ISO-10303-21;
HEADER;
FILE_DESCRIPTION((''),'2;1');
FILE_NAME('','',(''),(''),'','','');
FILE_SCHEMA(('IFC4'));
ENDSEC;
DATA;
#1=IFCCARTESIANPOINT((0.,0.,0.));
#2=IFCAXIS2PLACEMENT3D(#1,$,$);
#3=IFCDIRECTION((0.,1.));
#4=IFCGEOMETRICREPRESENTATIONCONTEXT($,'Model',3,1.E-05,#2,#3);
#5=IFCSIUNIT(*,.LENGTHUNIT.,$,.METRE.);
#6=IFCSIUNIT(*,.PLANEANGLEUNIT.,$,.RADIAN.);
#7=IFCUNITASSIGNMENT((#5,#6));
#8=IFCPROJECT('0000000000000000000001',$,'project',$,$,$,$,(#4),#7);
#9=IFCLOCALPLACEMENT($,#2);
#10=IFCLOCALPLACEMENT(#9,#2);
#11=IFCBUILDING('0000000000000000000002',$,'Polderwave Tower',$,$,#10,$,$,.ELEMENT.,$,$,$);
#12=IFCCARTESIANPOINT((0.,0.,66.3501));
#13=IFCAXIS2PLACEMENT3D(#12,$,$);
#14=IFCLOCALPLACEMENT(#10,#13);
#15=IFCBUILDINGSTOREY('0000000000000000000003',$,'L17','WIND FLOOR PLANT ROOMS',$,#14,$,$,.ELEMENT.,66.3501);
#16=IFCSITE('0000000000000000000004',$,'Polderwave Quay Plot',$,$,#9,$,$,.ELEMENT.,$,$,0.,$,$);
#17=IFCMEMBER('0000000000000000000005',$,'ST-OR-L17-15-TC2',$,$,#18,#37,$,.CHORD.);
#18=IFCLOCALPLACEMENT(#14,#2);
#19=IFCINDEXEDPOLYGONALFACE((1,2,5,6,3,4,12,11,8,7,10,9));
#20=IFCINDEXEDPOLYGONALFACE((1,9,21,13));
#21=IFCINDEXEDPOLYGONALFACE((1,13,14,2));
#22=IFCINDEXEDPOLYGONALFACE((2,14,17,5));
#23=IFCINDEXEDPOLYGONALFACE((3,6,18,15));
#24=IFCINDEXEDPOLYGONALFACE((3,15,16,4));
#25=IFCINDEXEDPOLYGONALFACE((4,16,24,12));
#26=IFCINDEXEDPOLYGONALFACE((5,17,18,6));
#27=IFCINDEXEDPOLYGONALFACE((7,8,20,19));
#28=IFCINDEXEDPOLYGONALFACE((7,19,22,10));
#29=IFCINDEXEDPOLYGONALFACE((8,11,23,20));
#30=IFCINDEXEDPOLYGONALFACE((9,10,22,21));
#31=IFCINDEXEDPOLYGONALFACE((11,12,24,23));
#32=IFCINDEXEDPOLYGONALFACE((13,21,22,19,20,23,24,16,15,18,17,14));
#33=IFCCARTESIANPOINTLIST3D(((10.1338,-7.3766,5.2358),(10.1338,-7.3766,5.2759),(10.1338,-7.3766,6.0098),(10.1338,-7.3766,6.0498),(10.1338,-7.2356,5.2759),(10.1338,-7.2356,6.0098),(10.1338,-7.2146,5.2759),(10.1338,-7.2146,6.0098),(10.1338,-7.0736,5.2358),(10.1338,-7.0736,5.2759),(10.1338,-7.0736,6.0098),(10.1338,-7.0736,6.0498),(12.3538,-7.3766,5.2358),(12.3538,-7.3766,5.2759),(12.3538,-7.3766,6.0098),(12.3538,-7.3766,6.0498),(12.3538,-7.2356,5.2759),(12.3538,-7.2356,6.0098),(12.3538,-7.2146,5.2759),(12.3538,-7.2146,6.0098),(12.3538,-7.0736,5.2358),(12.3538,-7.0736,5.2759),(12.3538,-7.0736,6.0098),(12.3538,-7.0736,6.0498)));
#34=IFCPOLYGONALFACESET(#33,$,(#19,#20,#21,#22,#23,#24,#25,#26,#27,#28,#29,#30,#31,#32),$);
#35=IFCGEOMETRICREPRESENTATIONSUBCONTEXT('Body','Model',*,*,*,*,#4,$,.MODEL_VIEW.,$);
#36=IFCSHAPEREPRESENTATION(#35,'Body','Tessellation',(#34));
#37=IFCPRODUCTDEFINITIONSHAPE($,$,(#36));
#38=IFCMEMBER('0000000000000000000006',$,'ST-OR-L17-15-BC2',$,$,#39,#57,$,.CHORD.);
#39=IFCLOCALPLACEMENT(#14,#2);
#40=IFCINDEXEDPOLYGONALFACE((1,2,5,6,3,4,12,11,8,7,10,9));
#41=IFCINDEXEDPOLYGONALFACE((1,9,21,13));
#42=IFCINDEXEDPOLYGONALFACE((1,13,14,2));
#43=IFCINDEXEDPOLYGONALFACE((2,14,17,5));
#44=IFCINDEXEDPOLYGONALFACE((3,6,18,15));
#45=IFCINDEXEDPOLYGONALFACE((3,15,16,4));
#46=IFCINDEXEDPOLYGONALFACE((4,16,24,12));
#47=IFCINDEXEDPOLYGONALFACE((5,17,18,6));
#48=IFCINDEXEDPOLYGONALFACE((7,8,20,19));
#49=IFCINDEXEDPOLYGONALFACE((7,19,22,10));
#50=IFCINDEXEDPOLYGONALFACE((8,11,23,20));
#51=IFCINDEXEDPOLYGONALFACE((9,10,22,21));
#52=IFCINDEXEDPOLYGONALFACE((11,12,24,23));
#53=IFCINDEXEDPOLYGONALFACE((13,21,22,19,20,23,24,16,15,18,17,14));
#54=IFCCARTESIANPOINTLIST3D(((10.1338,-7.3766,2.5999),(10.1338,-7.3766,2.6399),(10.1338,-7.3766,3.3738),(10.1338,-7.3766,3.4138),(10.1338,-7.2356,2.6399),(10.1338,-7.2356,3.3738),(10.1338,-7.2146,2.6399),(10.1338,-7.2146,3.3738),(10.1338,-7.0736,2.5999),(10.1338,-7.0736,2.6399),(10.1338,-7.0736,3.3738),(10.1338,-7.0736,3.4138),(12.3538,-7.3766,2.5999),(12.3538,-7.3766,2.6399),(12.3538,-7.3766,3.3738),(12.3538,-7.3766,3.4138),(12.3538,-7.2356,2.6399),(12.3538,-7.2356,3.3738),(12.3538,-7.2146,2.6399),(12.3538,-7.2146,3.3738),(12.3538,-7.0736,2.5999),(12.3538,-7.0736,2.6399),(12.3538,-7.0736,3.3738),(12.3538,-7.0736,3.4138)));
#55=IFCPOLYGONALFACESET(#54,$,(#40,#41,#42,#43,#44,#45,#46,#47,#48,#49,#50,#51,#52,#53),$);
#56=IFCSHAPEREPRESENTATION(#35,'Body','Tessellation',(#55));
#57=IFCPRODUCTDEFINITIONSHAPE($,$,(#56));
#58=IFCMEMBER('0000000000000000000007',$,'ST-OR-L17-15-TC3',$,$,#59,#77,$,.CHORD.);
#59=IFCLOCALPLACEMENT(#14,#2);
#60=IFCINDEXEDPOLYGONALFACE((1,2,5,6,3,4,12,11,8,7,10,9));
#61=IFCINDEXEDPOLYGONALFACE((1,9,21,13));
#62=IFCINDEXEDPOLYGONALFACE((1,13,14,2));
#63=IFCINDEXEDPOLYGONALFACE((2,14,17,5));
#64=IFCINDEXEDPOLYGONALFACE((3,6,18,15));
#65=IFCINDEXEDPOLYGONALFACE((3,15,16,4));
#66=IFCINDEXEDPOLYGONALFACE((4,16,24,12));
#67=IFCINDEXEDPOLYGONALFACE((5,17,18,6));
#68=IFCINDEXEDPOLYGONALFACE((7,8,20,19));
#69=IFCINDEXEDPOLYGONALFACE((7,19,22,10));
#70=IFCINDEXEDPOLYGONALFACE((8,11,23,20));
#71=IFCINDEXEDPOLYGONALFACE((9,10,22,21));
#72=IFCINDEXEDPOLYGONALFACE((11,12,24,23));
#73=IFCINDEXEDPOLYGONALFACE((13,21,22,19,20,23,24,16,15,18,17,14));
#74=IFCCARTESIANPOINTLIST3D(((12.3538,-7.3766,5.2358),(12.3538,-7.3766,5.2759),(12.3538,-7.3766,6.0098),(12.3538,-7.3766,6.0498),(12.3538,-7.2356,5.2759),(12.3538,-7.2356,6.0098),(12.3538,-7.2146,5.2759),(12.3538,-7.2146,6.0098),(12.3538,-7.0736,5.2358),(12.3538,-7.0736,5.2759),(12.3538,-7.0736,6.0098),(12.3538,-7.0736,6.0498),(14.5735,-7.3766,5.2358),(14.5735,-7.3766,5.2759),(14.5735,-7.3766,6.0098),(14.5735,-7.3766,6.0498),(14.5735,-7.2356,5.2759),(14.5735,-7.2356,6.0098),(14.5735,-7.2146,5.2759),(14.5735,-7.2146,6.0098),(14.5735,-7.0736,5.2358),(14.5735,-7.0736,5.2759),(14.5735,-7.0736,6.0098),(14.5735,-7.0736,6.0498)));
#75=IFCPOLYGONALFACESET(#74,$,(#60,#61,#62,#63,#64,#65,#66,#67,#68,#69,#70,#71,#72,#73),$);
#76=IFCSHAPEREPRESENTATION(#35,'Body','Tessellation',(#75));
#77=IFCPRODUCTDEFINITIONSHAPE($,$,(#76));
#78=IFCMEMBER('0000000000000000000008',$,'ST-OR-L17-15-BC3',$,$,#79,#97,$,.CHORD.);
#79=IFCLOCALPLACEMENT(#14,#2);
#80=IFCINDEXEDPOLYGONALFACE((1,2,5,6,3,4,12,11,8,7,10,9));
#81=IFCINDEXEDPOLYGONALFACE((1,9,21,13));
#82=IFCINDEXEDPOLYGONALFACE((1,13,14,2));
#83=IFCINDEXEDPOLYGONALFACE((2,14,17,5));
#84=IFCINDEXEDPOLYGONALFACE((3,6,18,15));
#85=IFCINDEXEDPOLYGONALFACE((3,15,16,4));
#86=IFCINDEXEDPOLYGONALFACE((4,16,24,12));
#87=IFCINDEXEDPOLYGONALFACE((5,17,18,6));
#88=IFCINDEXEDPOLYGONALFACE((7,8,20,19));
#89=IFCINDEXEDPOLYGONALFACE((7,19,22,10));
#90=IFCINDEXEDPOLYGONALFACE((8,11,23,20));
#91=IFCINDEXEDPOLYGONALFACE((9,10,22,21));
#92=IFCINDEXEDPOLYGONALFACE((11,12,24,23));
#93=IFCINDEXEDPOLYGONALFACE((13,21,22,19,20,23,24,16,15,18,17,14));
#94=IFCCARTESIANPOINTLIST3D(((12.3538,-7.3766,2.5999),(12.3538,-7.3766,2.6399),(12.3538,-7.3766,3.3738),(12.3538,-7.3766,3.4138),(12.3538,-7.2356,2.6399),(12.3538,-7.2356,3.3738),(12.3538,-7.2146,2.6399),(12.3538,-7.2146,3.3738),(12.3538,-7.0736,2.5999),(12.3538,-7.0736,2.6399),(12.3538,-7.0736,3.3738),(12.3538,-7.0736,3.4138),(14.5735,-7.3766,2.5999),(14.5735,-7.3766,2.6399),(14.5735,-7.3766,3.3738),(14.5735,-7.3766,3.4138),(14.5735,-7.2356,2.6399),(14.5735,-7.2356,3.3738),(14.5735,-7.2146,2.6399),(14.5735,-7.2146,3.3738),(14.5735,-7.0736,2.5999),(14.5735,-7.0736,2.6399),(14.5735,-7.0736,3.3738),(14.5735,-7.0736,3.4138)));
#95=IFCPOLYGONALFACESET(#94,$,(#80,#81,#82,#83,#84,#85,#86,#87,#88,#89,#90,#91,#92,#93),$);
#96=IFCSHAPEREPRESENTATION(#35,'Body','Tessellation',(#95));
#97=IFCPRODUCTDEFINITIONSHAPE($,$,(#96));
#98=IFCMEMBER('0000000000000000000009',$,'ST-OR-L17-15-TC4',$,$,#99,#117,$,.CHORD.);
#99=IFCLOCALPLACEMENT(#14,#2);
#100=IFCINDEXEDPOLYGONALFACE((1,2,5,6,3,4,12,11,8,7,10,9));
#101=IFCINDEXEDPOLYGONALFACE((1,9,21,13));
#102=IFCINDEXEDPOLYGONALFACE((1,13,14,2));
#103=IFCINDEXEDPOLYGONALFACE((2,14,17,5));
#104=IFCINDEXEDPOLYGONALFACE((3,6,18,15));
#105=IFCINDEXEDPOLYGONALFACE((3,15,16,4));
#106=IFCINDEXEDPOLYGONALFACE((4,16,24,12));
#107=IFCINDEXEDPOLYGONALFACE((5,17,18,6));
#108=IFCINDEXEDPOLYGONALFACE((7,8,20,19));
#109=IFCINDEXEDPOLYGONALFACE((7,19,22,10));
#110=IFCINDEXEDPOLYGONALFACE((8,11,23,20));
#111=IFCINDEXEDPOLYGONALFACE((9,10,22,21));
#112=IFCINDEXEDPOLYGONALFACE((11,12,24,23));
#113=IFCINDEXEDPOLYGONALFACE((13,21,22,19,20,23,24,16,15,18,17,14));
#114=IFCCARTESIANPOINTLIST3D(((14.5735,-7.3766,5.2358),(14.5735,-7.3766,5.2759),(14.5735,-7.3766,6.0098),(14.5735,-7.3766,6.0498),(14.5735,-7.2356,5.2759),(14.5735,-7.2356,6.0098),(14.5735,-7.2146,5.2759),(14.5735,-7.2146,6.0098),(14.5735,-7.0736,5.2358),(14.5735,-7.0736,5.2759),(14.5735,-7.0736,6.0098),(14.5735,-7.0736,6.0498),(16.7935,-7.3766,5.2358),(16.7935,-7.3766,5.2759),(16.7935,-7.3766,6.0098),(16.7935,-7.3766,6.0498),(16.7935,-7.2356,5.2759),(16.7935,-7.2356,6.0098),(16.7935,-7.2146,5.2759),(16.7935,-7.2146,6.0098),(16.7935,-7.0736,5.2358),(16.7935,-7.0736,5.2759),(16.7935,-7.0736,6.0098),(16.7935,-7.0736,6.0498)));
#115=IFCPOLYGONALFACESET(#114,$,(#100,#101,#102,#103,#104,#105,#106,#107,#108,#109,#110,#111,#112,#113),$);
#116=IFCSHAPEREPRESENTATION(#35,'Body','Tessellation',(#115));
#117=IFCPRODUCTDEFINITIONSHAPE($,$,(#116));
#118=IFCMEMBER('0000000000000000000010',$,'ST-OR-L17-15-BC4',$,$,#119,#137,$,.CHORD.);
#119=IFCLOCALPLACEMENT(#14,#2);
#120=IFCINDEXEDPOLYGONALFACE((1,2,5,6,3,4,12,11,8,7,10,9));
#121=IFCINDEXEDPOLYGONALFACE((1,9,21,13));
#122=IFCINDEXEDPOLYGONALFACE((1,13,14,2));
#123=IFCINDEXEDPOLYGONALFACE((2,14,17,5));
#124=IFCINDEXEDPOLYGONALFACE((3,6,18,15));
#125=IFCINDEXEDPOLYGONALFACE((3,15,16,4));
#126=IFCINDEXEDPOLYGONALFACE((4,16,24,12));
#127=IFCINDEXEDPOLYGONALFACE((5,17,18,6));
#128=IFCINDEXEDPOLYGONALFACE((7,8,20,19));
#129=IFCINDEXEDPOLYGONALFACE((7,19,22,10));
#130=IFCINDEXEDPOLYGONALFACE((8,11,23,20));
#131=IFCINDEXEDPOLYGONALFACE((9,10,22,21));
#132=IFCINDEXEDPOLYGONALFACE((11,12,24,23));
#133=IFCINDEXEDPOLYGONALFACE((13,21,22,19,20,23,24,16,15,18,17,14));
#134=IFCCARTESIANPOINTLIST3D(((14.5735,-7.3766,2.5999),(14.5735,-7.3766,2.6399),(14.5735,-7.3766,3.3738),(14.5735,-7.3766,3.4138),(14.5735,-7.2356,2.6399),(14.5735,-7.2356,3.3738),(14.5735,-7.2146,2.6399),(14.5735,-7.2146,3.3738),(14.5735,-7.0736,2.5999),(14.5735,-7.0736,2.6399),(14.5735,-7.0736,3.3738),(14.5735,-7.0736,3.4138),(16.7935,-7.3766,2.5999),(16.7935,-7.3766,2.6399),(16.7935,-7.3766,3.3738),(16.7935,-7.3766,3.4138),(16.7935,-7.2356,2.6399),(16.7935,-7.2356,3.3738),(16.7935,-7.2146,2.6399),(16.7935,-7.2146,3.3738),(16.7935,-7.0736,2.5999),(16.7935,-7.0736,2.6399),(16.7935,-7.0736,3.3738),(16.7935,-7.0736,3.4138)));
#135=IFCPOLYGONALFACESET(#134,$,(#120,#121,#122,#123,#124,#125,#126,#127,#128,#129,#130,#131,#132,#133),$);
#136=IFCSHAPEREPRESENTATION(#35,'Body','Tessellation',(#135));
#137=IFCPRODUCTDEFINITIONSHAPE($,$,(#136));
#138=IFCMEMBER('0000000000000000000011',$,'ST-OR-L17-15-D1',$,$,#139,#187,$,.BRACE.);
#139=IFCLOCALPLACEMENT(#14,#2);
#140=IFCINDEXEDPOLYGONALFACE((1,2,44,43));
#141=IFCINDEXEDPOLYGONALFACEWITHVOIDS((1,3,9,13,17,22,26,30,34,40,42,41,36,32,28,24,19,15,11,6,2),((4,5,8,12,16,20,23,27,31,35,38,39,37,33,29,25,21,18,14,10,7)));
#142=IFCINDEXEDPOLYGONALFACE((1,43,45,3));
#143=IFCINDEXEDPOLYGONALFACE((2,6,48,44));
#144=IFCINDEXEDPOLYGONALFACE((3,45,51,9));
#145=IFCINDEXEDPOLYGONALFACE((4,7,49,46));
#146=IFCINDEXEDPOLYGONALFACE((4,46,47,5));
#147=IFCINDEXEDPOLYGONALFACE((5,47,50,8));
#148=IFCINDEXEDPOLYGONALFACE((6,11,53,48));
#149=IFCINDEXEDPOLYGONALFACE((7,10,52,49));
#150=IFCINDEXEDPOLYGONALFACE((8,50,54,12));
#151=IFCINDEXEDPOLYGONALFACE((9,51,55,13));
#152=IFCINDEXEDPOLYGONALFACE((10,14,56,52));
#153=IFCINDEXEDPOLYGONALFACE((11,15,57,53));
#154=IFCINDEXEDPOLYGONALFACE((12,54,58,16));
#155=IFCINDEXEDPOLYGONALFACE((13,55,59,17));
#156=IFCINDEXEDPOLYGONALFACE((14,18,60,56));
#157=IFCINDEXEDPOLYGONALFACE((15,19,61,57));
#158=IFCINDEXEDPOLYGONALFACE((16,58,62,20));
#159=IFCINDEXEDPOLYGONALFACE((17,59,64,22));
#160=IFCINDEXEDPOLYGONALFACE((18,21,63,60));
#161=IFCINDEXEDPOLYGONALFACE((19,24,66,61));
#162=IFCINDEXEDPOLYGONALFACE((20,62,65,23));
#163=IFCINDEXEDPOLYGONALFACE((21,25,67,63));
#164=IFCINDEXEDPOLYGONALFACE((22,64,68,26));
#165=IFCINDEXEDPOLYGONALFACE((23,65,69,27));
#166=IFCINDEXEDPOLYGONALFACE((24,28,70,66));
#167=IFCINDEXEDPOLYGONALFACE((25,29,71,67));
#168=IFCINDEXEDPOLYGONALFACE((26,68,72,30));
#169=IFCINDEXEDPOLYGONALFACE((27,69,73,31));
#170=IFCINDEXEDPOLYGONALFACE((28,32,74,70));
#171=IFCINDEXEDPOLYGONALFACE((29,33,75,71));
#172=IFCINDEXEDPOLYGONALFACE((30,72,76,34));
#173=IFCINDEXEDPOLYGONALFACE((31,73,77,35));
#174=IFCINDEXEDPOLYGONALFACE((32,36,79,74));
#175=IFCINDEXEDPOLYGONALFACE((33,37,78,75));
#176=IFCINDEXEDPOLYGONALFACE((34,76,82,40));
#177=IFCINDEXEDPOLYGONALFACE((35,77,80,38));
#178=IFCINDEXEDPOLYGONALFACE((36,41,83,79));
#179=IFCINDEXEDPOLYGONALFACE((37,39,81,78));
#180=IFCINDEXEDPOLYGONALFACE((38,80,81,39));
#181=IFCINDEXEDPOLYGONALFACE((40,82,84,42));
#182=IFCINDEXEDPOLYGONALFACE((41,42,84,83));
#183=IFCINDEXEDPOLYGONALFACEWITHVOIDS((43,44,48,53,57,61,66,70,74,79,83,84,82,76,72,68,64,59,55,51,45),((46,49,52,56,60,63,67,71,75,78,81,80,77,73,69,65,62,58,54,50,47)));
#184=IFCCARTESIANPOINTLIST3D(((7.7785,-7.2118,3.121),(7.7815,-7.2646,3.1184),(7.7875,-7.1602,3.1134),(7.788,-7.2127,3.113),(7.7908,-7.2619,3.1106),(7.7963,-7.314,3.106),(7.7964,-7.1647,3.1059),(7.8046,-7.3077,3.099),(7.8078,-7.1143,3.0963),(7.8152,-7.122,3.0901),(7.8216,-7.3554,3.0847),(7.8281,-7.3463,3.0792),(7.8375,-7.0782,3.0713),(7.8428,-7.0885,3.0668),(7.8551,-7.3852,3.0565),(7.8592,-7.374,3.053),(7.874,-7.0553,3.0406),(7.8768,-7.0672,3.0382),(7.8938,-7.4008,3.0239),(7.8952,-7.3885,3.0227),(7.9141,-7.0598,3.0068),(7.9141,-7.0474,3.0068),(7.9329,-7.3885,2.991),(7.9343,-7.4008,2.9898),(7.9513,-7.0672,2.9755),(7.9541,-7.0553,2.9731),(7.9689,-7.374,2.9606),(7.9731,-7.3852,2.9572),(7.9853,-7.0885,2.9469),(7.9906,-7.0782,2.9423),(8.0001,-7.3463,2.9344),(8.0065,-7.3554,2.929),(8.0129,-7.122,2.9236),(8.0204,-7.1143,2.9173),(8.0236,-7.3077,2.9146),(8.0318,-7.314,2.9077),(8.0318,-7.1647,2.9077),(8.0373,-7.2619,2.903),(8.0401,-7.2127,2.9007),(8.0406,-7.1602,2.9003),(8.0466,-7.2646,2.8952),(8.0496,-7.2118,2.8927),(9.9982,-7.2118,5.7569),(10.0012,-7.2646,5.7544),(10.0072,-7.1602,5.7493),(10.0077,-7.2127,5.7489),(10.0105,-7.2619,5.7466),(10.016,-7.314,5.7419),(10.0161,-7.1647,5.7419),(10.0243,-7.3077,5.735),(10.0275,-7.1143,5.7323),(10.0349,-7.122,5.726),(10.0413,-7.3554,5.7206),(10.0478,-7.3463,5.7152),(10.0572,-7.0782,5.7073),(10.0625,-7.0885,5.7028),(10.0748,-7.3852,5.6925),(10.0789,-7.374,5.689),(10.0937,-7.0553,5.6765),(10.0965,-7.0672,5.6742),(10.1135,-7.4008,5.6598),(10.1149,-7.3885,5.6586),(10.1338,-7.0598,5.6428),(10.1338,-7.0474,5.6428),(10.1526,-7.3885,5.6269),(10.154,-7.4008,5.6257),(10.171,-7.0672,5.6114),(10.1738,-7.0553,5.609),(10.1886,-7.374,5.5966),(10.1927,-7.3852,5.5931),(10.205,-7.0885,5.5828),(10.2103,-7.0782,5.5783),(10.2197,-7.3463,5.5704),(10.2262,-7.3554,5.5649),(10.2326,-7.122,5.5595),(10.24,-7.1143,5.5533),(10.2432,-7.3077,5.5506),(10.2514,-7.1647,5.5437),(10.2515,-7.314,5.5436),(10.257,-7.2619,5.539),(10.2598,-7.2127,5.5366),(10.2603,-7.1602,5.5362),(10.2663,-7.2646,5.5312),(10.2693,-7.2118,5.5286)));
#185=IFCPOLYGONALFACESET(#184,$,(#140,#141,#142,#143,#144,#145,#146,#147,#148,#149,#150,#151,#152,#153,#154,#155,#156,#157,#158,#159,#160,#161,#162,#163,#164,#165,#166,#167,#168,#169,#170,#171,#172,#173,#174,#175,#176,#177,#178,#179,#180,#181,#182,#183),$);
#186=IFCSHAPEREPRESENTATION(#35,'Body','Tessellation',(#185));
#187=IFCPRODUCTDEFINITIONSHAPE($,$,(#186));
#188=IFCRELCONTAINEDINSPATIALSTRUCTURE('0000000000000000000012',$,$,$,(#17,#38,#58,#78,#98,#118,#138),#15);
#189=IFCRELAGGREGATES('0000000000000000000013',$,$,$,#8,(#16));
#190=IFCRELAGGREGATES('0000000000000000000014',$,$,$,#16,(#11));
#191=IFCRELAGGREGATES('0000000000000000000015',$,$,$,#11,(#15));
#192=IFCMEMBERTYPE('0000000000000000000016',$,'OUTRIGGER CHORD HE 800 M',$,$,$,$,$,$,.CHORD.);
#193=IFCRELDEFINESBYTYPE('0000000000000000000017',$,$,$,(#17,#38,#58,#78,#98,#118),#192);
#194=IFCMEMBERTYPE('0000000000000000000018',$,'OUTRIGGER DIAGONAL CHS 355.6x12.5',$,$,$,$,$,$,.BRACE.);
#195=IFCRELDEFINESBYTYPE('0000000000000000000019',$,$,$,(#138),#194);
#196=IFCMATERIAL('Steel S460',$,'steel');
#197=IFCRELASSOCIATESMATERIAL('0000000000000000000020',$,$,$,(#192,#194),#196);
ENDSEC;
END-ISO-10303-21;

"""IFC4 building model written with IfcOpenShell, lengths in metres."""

from ifc_helpers import new_model, si_unit, direction, frame, origin, origin_2d, place, context, subcontext, project, spatial, hollow_circle, i_section, extrude, material, material_profile, profile_set, type_object, element, save


model = new_model("IFC4")

# Units and contexts
model_context = context("Model", 3, precision=1e-05, world=origin(), true_north=direction((0.0, 1.0)))
body_context = subcontext(model_context, "Body", "Model", "MODEL_VIEW")
ifc_project = project(units=[si_unit("LENGTHUNIT", "METRE"), si_unit("PLANEANGLEUNIT", "RADIAN")], contexts=[model_context])

# Site, building, storey
site_placement = place(None, origin())
site = spatial("IfcSite", under=ifc_project, at=site_placement, Name="Polderwave Quay Plot", CompositionType="ELEMENT", RefElevation=0.0)
building_placement = place(site_placement, origin())
building = spatial("IfcBuilding", under=site, at=building_placement, Name="Polderwave Tower", CompositionType="ELEMENT")
storey_placement = place(building_placement, frame((0.0, 0.0, 66.3501)))
storey = spatial("IfcBuildingStorey", under=building, at=storey_placement, Name="L17", Description="WIND FLOOR PLANT ROOMS", CompositionType="ELEMENT", Elevation=66.3501)

# Members
ifc_material_1 = material(Name="Steel S460", Category="steel")
ifc_material_profile_1 = material_profile(ifc_material_1, i_section(OverallWidth=0.303, OverallDepth=0.814, WebThickness=0.021, FlangeThickness=0.04, at=origin_2d()), Name="HE 800 M")
ifc_profile_set_1 = profile_set([ifc_material_profile_1], Name="Steel S460")
member_type_1 = type_object("IfcMemberType", Name="OUTRIGGER CHORD HE 800 M", PredefinedType="CHORD", material=ifc_profile_set_1)
for number, where, z_axis, x_axis, name in (
    (1, (10.1338, -7.2251, 5.6428), (1.0, 0.0, 0.0), (0.0, 1.0, 0.0), "ST-OR-L17-15-TC2"),
    (2, (10.1338, -7.2251, 3.0068), (1.0, 0.0, 0.0), (0.0, 1.0, 0.0), "ST-OR-L17-15-BC2"),
):
    element("IfcMember", number, at=place(storey_placement, frame(where, z_axis=z_axis, x_axis=x_axis)), inside=storey, type_object=member_type_1, Name=name, PredefinedType="CHORD", context=body_context, shape_type="SweptSolid", body=[
        extrude(i_section(OverallWidth=0.303, OverallDepth=0.814, WebThickness=0.021, FlangeThickness=0.04, at=origin_2d()), origin(), (0.0, 0.0, 1.0), 2.22),
    ])
for number, where, z_axis, x_axis, name in (
    (3, (12.3538, -7.2251, 5.6428), (1.0, 0.0, 0.0), (0.0, 1.0, 0.0), "ST-OR-L17-15-TC3"),
    (4, (12.3538, -7.2251, 3.0068), (1.0, 0.0, 0.0), (0.0, 1.0, 0.0), "ST-OR-L17-15-BC3"),
):
    element("IfcMember", number, at=place(storey_placement, frame(where, z_axis=z_axis, x_axis=x_axis)), inside=storey, type_object=member_type_1, Name=name, PredefinedType="CHORD", context=body_context, shape_type="SweptSolid", body=[
        extrude(i_section(OverallWidth=0.303, OverallDepth=0.814, WebThickness=0.021, FlangeThickness=0.04, at=origin_2d()), origin(), (0.0, 0.0, 1.0), 2.2197),
    ])
for number, where, z_axis, x_axis, name in (
    (5, (14.5735, -7.2251, 5.6428), (1.0, 0.0, 0.0), (0.0, 1.0, 0.0), "ST-OR-L17-15-TC4"),
    (6, (14.5735, -7.2251, 3.0068), (1.0, 0.0, 0.0), (0.0, 1.0, 0.0), "ST-OR-L17-15-BC4"),
):
    element("IfcMember", number, at=place(storey_placement, frame(where, z_axis=z_axis, x_axis=x_axis)), inside=storey, type_object=member_type_1, Name=name, PredefinedType="CHORD", context=body_context, shape_type="SweptSolid", body=[
        extrude(i_section(OverallWidth=0.303, OverallDepth=0.814, WebThickness=0.021, FlangeThickness=0.04, at=origin_2d()), origin(), (0.0, 0.0, 1.0), 2.22),
    ])
ifc_material_profile_2 = material_profile(ifc_material_1, hollow_circle(Radius=0.1777, WallThickness=0.0125, at=origin_2d()), Name="CHS 355.6x12.5")
ifc_profile_set_2 = profile_set([ifc_material_profile_2], Name="Steel S460")
member_type_2 = type_object("IfcMemberType", Name="OUTRIGGER DIAGONAL CHS 355.6x12.5", PredefinedType="BRACE", material=ifc_profile_set_2)
member_1_placement = place(storey_placement, frame((7.9141, -7.2251, 3.0068), z_axis=(0.644127, 0.0, 0.764919), x_axis=(0.0, 1.0, 0.0)))
element("IfcMember", 7, at=member_1_placement, inside=storey, type_object=member_type_2, Name="ST-OR-L17-15-D1", PredefinedType="BRACE", context=body_context, shape_type="SweptSolid", body=[
    extrude(hollow_circle(Radius=0.1777, WallThickness=0.0125, at=origin_2d()), origin(), (0.0, 0.0, 1.0), 3.446),
])

save(model, "model.ifc")
